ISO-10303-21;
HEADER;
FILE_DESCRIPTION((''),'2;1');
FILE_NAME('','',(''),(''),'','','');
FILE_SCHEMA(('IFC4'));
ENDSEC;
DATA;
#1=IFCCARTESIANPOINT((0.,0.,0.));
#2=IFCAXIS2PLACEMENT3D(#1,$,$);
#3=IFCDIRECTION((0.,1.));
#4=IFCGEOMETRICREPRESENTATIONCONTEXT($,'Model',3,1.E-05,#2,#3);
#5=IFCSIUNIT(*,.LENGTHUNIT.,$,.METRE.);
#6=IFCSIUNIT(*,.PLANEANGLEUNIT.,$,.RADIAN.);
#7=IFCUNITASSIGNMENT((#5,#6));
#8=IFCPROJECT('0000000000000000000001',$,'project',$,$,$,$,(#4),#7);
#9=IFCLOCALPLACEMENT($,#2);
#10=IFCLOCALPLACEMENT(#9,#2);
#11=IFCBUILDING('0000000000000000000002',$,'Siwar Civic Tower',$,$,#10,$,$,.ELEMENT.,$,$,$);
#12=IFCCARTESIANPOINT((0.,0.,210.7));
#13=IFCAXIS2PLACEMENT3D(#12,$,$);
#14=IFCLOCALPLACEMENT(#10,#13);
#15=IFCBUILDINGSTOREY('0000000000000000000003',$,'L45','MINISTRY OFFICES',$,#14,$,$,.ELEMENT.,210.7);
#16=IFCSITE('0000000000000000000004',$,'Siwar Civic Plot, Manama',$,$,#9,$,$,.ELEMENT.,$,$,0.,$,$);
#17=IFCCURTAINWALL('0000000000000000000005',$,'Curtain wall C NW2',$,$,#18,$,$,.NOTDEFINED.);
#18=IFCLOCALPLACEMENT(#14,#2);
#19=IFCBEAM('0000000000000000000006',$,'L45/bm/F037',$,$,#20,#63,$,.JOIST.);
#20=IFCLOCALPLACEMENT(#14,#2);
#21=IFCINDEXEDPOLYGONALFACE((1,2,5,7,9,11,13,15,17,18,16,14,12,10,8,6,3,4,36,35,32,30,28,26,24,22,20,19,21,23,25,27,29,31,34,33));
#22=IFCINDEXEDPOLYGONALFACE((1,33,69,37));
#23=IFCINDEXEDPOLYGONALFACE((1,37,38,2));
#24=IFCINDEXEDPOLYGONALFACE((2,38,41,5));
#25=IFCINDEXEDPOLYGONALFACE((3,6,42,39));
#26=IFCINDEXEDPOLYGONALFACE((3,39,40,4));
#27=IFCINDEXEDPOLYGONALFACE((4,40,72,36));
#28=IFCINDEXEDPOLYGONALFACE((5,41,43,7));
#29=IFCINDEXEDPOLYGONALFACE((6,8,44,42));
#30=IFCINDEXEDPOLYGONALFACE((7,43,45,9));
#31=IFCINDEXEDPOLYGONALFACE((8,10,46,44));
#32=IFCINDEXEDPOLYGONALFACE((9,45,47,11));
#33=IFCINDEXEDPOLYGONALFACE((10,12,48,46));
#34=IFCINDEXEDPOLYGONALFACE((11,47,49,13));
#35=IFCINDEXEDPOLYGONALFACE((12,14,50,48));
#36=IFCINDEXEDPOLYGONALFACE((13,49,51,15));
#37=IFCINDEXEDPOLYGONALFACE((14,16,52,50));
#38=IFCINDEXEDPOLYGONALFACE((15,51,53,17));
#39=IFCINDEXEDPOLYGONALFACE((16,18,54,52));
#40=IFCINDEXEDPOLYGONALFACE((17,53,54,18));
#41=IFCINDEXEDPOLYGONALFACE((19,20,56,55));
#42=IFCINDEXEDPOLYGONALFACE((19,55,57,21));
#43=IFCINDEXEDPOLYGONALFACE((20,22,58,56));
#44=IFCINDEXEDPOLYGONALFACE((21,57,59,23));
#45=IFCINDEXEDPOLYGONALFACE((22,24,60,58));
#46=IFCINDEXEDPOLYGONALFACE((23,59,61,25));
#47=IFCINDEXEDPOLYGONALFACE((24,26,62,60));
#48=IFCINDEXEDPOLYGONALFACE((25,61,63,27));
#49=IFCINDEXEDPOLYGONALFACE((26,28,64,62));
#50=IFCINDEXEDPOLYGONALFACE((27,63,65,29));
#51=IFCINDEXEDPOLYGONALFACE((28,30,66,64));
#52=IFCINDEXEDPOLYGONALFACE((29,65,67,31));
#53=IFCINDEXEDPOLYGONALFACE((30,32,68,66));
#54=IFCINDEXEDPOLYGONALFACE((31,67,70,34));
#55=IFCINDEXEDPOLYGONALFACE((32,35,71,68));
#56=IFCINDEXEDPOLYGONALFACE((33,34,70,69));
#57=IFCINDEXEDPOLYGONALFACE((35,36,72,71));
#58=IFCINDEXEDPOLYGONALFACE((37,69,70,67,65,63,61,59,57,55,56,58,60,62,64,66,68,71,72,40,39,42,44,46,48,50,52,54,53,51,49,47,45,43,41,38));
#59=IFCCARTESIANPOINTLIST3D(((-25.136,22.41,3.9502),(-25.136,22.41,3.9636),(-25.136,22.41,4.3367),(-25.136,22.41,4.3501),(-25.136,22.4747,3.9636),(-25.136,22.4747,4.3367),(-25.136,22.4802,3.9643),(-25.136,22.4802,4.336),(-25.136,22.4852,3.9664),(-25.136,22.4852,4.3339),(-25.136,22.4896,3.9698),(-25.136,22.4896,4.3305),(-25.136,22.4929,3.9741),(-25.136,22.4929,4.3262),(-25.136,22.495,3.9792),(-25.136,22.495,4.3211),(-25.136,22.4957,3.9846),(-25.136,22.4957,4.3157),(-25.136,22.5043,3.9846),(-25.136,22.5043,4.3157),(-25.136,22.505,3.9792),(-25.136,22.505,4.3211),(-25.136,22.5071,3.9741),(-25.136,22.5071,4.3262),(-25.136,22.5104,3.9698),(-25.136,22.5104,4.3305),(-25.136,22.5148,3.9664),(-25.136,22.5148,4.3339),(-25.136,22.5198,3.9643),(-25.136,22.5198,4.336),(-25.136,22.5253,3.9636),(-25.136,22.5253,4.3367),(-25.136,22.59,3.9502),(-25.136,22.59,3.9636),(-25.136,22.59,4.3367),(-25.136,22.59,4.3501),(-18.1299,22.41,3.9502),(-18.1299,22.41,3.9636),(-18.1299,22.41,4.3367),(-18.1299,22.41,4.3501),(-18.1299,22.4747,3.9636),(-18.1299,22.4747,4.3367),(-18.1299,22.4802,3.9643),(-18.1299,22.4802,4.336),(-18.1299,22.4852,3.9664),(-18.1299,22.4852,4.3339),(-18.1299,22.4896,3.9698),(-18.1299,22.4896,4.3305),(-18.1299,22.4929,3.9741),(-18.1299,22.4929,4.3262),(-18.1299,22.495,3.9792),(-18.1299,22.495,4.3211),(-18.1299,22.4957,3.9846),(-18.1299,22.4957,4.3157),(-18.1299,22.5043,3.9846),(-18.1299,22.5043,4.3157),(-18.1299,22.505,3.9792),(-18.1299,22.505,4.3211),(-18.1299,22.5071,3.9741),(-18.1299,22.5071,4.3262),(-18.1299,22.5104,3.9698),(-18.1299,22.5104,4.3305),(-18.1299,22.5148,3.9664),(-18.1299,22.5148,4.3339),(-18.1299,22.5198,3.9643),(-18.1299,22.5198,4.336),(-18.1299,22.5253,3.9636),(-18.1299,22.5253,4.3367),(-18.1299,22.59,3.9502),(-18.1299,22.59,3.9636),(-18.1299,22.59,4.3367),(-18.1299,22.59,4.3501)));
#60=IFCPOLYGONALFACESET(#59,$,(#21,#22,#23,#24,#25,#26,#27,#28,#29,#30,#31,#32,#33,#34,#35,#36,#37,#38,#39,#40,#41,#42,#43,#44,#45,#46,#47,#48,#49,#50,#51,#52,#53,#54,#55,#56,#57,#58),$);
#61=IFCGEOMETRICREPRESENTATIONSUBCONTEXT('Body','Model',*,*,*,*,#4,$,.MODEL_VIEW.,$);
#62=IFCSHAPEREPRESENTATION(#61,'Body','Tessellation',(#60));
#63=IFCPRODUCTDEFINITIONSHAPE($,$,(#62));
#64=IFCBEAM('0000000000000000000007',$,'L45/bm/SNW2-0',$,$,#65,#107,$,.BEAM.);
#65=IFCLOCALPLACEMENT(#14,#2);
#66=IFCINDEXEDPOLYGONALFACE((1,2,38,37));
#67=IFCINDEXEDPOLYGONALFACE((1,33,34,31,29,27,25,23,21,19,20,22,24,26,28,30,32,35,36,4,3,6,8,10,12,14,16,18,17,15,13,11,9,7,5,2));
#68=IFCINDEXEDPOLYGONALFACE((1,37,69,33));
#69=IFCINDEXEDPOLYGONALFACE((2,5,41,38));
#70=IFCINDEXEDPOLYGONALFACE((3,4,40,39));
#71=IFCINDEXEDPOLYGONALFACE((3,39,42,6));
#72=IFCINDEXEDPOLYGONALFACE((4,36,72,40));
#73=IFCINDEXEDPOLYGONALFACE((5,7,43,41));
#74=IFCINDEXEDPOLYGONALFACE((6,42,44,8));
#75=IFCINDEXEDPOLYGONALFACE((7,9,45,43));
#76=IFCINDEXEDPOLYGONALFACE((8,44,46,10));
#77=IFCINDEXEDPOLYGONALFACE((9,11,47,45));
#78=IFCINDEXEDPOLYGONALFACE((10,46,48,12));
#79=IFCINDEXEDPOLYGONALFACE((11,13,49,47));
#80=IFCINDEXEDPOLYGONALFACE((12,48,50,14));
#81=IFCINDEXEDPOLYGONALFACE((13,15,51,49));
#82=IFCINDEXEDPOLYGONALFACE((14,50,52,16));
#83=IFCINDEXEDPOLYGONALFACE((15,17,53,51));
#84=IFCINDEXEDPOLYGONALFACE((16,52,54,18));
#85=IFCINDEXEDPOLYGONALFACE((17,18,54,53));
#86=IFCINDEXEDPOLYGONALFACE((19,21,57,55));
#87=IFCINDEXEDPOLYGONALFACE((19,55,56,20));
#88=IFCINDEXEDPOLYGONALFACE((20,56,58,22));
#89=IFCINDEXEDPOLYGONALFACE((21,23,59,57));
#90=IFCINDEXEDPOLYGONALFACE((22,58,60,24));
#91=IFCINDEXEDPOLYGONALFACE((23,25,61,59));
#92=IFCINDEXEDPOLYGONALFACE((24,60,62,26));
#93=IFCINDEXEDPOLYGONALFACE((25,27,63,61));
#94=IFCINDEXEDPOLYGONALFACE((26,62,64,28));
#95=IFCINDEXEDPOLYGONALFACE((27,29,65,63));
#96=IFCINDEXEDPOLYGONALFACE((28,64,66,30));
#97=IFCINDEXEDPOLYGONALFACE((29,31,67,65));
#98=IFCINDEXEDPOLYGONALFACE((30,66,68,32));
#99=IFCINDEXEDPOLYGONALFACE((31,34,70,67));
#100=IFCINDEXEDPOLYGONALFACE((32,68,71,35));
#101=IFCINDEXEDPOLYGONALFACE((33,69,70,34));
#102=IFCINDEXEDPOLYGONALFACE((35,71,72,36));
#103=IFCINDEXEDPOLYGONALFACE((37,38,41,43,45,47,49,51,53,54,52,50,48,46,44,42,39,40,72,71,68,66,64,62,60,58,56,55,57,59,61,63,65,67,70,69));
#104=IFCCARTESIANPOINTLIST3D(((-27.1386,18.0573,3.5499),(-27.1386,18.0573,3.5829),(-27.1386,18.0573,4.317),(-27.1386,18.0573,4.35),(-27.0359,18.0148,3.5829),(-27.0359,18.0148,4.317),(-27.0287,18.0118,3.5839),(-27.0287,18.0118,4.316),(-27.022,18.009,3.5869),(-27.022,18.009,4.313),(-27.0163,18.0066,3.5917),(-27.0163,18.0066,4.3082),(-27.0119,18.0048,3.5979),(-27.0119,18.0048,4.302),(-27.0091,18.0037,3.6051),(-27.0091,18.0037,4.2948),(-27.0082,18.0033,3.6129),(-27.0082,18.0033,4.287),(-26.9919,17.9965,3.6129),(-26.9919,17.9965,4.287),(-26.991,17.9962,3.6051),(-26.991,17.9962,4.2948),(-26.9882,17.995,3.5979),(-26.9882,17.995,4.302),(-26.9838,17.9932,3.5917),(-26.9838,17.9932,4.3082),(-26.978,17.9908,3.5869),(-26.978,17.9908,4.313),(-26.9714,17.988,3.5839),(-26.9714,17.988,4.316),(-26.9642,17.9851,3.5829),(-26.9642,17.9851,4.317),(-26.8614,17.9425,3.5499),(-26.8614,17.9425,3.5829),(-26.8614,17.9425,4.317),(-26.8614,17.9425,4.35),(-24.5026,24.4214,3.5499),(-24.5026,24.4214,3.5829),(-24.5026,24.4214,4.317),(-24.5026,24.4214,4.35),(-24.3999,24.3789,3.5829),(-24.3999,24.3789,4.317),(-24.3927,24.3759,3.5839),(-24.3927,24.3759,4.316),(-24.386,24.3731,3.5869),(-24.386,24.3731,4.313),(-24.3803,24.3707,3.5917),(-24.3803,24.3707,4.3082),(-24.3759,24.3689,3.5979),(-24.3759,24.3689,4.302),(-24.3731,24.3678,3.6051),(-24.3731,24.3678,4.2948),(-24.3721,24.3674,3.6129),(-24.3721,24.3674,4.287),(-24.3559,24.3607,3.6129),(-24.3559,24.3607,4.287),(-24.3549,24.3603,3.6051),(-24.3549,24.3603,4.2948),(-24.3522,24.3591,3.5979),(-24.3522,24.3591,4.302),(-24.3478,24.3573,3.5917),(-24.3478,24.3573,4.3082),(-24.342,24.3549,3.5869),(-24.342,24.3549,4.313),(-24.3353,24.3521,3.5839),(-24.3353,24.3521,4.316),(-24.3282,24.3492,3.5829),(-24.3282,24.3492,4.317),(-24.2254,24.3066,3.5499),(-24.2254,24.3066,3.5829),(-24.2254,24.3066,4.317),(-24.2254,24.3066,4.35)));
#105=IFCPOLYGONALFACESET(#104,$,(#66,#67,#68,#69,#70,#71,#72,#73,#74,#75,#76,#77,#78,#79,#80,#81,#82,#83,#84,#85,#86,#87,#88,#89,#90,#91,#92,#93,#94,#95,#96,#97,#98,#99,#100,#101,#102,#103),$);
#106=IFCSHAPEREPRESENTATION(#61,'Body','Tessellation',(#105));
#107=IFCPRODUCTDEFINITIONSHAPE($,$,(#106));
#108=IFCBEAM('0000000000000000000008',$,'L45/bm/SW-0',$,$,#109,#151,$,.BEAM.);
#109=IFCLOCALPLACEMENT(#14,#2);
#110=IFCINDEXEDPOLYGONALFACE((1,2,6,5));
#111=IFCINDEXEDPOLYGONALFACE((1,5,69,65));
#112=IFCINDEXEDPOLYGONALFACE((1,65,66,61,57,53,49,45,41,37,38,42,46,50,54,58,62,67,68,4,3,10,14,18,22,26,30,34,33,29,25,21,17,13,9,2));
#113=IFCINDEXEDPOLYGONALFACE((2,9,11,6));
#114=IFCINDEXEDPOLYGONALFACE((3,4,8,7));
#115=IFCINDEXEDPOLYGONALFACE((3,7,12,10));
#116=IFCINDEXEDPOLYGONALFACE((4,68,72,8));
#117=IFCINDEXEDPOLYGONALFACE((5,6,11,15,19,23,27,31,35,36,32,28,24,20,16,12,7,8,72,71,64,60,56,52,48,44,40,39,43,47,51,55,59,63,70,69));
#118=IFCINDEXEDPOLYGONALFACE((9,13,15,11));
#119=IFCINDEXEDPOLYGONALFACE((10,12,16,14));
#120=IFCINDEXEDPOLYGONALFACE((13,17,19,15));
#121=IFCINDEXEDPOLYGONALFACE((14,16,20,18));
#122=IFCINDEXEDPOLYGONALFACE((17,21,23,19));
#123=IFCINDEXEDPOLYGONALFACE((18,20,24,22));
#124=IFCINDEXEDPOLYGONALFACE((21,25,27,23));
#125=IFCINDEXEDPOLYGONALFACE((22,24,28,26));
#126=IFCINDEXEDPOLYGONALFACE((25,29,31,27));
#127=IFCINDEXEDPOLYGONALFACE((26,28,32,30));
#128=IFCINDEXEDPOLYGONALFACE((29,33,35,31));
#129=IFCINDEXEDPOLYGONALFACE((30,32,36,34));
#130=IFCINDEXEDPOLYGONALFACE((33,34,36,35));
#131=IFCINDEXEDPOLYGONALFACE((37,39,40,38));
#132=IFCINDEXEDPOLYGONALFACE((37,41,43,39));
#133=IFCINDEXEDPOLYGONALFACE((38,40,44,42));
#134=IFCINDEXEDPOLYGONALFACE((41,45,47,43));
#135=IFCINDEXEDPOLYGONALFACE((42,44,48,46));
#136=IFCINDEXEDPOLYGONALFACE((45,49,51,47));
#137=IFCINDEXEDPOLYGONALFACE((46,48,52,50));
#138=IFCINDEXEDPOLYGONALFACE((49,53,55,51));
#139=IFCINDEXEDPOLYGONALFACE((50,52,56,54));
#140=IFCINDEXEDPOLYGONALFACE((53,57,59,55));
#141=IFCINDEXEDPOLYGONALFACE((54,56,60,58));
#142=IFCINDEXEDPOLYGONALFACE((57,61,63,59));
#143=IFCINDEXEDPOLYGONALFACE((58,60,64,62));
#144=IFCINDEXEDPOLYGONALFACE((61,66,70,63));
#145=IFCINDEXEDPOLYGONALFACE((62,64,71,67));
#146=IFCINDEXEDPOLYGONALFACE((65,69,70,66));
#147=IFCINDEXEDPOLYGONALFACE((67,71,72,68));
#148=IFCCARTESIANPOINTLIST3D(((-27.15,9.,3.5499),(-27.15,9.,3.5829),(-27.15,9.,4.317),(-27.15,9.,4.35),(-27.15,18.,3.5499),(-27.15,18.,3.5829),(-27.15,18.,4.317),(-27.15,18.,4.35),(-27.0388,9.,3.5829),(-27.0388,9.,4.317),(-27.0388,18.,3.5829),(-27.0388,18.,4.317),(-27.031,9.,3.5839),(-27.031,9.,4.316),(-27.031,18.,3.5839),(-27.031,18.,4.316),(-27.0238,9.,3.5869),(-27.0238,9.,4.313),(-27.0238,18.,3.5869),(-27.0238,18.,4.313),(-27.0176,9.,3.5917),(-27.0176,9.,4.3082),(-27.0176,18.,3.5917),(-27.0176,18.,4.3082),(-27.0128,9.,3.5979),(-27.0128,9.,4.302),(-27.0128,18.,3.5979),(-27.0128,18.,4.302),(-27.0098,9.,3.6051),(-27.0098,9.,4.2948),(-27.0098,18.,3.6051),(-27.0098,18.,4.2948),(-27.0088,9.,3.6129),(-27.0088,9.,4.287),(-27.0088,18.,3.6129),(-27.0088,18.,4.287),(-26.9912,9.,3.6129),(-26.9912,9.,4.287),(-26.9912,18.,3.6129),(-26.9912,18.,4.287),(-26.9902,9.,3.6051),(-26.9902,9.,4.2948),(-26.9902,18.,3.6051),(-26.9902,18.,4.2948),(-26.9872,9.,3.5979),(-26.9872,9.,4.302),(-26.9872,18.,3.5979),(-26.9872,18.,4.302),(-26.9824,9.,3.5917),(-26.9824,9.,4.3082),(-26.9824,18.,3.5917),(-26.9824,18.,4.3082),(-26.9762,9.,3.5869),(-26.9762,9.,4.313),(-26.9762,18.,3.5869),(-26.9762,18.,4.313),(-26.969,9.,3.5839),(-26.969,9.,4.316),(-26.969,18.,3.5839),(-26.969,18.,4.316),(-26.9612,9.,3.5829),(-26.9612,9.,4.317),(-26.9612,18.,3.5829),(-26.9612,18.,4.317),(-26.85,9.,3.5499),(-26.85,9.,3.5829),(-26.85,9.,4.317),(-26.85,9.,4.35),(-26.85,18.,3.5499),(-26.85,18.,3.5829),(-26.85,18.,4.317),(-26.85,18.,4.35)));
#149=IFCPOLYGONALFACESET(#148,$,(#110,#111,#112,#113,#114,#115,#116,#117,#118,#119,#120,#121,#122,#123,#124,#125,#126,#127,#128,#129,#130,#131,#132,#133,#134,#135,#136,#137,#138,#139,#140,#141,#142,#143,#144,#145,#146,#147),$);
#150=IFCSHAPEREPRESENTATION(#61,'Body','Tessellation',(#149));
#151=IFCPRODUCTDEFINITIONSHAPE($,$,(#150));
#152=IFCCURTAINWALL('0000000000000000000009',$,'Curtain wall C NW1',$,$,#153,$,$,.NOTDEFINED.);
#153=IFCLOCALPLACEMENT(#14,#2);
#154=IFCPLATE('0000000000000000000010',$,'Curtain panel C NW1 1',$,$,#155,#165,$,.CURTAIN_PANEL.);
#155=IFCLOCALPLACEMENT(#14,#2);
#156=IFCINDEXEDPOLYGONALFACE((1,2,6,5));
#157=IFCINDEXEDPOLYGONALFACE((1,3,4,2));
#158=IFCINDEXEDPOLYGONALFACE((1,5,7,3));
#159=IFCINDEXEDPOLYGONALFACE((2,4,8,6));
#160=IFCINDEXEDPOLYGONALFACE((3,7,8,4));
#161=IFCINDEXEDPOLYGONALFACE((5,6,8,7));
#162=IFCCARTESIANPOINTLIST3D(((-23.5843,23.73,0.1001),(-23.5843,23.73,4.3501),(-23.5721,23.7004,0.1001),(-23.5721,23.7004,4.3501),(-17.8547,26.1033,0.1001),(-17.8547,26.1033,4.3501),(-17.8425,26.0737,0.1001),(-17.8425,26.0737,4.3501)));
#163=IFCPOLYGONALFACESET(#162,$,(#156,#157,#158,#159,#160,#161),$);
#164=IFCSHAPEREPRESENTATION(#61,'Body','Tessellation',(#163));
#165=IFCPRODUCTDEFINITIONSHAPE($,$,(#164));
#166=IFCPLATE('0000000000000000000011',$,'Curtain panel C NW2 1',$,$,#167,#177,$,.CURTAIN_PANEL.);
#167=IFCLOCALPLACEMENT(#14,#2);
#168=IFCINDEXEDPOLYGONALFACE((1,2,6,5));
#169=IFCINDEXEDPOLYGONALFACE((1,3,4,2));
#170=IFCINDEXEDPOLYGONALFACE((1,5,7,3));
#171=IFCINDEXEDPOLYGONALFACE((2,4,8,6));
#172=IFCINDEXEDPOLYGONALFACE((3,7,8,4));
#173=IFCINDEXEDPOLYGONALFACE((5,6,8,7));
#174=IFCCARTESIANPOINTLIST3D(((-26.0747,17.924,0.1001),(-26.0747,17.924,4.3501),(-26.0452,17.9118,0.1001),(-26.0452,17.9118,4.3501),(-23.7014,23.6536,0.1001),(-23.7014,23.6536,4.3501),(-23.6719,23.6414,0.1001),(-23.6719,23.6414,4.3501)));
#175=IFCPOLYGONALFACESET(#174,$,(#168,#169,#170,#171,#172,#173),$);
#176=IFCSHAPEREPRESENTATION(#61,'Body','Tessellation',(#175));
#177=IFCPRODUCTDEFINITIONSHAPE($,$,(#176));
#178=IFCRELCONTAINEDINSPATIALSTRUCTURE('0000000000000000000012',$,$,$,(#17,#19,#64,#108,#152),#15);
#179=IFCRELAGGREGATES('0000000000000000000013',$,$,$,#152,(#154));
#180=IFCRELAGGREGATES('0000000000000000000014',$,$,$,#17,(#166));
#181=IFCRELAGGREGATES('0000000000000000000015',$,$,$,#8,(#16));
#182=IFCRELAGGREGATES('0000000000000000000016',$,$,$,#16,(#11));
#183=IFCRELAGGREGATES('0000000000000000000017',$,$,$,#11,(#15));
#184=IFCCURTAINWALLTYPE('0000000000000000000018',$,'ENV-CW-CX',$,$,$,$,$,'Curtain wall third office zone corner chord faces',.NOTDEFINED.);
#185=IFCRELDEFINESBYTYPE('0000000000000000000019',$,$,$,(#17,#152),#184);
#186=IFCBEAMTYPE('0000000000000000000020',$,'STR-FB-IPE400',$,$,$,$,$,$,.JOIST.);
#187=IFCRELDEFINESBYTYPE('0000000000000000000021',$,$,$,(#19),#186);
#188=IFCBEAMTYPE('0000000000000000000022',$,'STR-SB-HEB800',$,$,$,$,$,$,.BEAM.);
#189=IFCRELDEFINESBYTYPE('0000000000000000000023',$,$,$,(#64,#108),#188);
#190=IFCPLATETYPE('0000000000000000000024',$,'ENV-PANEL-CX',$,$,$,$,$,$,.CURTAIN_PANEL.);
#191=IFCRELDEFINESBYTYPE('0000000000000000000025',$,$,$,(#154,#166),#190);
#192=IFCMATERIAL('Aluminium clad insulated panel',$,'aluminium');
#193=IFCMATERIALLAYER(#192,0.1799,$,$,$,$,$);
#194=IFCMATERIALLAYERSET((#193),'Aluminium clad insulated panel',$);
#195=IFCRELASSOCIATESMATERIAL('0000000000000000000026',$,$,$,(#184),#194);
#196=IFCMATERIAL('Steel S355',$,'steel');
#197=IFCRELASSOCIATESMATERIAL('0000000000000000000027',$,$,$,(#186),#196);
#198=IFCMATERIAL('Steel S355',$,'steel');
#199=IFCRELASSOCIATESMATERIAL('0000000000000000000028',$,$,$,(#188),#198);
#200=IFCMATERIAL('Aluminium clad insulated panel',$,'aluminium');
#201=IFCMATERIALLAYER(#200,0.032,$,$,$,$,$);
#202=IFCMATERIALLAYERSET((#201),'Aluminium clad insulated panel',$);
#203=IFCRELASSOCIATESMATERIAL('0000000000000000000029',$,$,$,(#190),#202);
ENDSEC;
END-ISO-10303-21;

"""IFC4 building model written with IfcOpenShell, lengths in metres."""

from ifc_helpers import new_model, si_unit, direction, frame, origin, origin_2d, place, context, subcontext, project, spatial, rectangle, i_section, extrude, material, layer, layer_set, material_profile, profile_set, type_object, element, aggregate, save


model = new_model("IFC4")

# Units and contexts
model_context = context("Model", 3, precision=1e-05, world=origin(), true_north=direction((0.0, 1.0)))
body_context = subcontext(model_context, "Body", "Model", "MODEL_VIEW")
ifc_project = project(units=[si_unit("LENGTHUNIT", "METRE"), si_unit("PLANEANGLEUNIT", "RADIAN")], contexts=[model_context])

# Site, building, storey
site_placement = place(None, origin())
site = spatial("IfcSite", under=ifc_project, at=site_placement, Name="Siwar Civic Plot, Manama", CompositionType="ELEMENT", RefElevation=0.0)
building_placement = place(site_placement, origin())
building = spatial("IfcBuilding", under=site, at=building_placement, Name="Siwar Civic Tower", CompositionType="ELEMENT")
storey_placement = place(building_placement, frame((0.0, 0.0, 210.7)))
storey = spatial("IfcBuildingStorey", under=building, at=storey_placement, Name="L45", Description="MINISTRY OFFICES", CompositionType="ELEMENT", Elevation=210.7)

# Curtain wall
ifc_material_1 = material(Name="Aluminium clad insulated panel", Category="aluminium")
ifc_layer_1 = layer(ifc_material_1, 0.1799)
ifc_layer_set_1 = layer_set([ifc_layer_1], Name="Aluminium clad insulated panel")
curtain_wall_type_1 = type_object("IfcCurtainWallType", Name="ENV-CW-CX", ElementType="Curtain wall third office zone corner chord faces", PredefinedType="NOTDEFINED", material=ifc_layer_set_1)
curtain_wall_1_placement = place(storey_placement, origin())
curtain_wall_1 = element("IfcCurtainWall", 1, at=curtain_wall_1_placement, inside=storey, type_object=curtain_wall_type_1, Name="Curtain wall C NW2", PredefinedType="NOTDEFINED")

# Beams
ifc_material_2 = material(Name="Steel S355", Category="steel")
ifc_material_profile_1 = material_profile(ifc_material_2, i_section(OverallWidth=0.1799, OverallDepth=0.3999, WebThickness=0.0085, FlangeThickness=0.0134, FilletRadius=0.021, at=origin_2d()), Name="IPE400")
ifc_profile_set_1 = profile_set([ifc_material_profile_1], Name="Steel S355")
beam_type_1 = type_object("IfcBeamType", Name="STR-FB-IPE400", PredefinedType="JOIST", material=ifc_profile_set_1)
beam_1_placement = place(storey_placement, frame((-25.136, 22.5, 4.1501), z_axis=(1.0, 0.0, 0.0), x_axis=(0.0, 1.0, 0.0)))
element("IfcBeam", 2, at=beam_1_placement, inside=storey, type_object=beam_type_1, Name="L45/bm/F037", PredefinedType="JOIST", context=body_context, shape_type="SweptSolid", body=[
    extrude(i_section(OverallWidth=0.1799, OverallDepth=0.3999, WebThickness=0.0085, FlangeThickness=0.0134, FilletRadius=0.021, at=origin_2d()), origin(), (0.0, 0.0, 1.0), 7.0061),
])
ifc_material_3 = material(Name="Steel S355", Category="steel")
ifc_material_profile_2 = material_profile(ifc_material_3, i_section(OverallWidth=0.3, OverallDepth=0.8, WebThickness=0.0176, FlangeThickness=0.033, FilletRadius=0.03, at=origin_2d()), Name="HEB800")
ifc_profile_set_2 = profile_set([ifc_material_profile_2], Name="Steel S355")
beam_type_2 = type_object("IfcBeamType", Name="STR-SB-HEB800", PredefinedType="BEAM", material=ifc_profile_set_2)
beam_2_placement = place(storey_placement, frame((-24.364, 24.364, 3.95), z_axis=(-0.382674, -0.923883, 0.0), x_axis=(0.923883, -0.382674, 0.0)))
element("IfcBeam", 3, at=beam_2_placement, inside=storey, type_object=beam_type_2, Name="L45/bm/SNW2-0", PredefinedType="BEAM", context=body_context, shape_type="SweptSolid", body=[
    extrude(i_section(OverallWidth=0.3, OverallDepth=0.8, WebThickness=0.0176, FlangeThickness=0.033, FilletRadius=0.03, at=origin_2d()), origin(), (0.0, 0.0, 1.0), 6.8884),
])
beam_3_placement = place(storey_placement, frame((-27.0, 18.0, 3.95), z_axis=(0.0, -1.0, 0.0), x_axis=(1.0, 0.0, 0.0)))
element("IfcBeam", 4, at=beam_3_placement, inside=storey, type_object=beam_type_2, Name="L45/bm/SW-0", PredefinedType="BEAM", context=body_context, shape_type="SweptSolid", body=[
    extrude(i_section(OverallWidth=0.3, OverallDepth=0.8, WebThickness=0.0176, FlangeThickness=0.033, FilletRadius=0.03, at=origin_2d()), origin(), (0.0, 0.0, 1.0), 9.0),
])

# Curtain wall, plate
curtain_wall_2_placement = place(storey_placement, origin())
curtain_wall_2 = element("IfcCurtainWall", 5, at=curtain_wall_2_placement, inside=storey, type_object=curtain_wall_type_1, Name="Curtain wall C NW1", PredefinedType="NOTDEFINED")
ifc_material_4 = material(Name="Aluminium clad insulated panel", Category="aluminium")
ifc_layer_2 = layer(ifc_material_4, 0.032)
ifc_layer_set_2 = layer_set([ifc_layer_2], Name="Aluminium clad insulated panel")
plate_type = type_object("IfcPlateType", Name="ENV-PANEL-CX", PredefinedType="CURTAIN_PANEL", material=ifc_layer_set_2)
plate_1_placement = place(storey_placement, frame((-20.7134, 24.9019, 0.1001), z_axis=(0.0, 0.0, 1.0), x_axis=(-0.92388, -0.382683, 0.0)))
plate_1 = element("IfcPlate", 6, at=plate_1_placement, type_object=plate_type, Name="Curtain panel C NW1 1", PredefinedType="CURTAIN_PANEL", context=body_context, shape_type="SweptSolid", body=[
    extrude(rectangle(XDim=6.2017, YDim=0.032, at=origin_2d()), origin(), (0.0, 0.0, 1.0), 4.25),
])
aggregate(curtain_wall_2, [plate_1])

# Plate
plate_2_placement = place(storey_placement, frame((-24.8733, 20.7827, 0.1001), z_axis=(0.0, 0.0, 1.0), x_axis=(-0.382683, -0.92388, 0.0)))
plate_2 = element("IfcPlate", 7, at=plate_2_placement, type_object=plate_type, Name="Curtain panel C NW2 1", PredefinedType="CURTAIN_PANEL", context=body_context, shape_type="SweptSolid", body=[
    extrude(rectangle(XDim=6.2017, YDim=0.032, at=origin_2d()), origin(), (0.0, 0.0, 1.0), 4.25),
])
aggregate(curtain_wall_1, [plate_2])

save(model, "model.ifc")
